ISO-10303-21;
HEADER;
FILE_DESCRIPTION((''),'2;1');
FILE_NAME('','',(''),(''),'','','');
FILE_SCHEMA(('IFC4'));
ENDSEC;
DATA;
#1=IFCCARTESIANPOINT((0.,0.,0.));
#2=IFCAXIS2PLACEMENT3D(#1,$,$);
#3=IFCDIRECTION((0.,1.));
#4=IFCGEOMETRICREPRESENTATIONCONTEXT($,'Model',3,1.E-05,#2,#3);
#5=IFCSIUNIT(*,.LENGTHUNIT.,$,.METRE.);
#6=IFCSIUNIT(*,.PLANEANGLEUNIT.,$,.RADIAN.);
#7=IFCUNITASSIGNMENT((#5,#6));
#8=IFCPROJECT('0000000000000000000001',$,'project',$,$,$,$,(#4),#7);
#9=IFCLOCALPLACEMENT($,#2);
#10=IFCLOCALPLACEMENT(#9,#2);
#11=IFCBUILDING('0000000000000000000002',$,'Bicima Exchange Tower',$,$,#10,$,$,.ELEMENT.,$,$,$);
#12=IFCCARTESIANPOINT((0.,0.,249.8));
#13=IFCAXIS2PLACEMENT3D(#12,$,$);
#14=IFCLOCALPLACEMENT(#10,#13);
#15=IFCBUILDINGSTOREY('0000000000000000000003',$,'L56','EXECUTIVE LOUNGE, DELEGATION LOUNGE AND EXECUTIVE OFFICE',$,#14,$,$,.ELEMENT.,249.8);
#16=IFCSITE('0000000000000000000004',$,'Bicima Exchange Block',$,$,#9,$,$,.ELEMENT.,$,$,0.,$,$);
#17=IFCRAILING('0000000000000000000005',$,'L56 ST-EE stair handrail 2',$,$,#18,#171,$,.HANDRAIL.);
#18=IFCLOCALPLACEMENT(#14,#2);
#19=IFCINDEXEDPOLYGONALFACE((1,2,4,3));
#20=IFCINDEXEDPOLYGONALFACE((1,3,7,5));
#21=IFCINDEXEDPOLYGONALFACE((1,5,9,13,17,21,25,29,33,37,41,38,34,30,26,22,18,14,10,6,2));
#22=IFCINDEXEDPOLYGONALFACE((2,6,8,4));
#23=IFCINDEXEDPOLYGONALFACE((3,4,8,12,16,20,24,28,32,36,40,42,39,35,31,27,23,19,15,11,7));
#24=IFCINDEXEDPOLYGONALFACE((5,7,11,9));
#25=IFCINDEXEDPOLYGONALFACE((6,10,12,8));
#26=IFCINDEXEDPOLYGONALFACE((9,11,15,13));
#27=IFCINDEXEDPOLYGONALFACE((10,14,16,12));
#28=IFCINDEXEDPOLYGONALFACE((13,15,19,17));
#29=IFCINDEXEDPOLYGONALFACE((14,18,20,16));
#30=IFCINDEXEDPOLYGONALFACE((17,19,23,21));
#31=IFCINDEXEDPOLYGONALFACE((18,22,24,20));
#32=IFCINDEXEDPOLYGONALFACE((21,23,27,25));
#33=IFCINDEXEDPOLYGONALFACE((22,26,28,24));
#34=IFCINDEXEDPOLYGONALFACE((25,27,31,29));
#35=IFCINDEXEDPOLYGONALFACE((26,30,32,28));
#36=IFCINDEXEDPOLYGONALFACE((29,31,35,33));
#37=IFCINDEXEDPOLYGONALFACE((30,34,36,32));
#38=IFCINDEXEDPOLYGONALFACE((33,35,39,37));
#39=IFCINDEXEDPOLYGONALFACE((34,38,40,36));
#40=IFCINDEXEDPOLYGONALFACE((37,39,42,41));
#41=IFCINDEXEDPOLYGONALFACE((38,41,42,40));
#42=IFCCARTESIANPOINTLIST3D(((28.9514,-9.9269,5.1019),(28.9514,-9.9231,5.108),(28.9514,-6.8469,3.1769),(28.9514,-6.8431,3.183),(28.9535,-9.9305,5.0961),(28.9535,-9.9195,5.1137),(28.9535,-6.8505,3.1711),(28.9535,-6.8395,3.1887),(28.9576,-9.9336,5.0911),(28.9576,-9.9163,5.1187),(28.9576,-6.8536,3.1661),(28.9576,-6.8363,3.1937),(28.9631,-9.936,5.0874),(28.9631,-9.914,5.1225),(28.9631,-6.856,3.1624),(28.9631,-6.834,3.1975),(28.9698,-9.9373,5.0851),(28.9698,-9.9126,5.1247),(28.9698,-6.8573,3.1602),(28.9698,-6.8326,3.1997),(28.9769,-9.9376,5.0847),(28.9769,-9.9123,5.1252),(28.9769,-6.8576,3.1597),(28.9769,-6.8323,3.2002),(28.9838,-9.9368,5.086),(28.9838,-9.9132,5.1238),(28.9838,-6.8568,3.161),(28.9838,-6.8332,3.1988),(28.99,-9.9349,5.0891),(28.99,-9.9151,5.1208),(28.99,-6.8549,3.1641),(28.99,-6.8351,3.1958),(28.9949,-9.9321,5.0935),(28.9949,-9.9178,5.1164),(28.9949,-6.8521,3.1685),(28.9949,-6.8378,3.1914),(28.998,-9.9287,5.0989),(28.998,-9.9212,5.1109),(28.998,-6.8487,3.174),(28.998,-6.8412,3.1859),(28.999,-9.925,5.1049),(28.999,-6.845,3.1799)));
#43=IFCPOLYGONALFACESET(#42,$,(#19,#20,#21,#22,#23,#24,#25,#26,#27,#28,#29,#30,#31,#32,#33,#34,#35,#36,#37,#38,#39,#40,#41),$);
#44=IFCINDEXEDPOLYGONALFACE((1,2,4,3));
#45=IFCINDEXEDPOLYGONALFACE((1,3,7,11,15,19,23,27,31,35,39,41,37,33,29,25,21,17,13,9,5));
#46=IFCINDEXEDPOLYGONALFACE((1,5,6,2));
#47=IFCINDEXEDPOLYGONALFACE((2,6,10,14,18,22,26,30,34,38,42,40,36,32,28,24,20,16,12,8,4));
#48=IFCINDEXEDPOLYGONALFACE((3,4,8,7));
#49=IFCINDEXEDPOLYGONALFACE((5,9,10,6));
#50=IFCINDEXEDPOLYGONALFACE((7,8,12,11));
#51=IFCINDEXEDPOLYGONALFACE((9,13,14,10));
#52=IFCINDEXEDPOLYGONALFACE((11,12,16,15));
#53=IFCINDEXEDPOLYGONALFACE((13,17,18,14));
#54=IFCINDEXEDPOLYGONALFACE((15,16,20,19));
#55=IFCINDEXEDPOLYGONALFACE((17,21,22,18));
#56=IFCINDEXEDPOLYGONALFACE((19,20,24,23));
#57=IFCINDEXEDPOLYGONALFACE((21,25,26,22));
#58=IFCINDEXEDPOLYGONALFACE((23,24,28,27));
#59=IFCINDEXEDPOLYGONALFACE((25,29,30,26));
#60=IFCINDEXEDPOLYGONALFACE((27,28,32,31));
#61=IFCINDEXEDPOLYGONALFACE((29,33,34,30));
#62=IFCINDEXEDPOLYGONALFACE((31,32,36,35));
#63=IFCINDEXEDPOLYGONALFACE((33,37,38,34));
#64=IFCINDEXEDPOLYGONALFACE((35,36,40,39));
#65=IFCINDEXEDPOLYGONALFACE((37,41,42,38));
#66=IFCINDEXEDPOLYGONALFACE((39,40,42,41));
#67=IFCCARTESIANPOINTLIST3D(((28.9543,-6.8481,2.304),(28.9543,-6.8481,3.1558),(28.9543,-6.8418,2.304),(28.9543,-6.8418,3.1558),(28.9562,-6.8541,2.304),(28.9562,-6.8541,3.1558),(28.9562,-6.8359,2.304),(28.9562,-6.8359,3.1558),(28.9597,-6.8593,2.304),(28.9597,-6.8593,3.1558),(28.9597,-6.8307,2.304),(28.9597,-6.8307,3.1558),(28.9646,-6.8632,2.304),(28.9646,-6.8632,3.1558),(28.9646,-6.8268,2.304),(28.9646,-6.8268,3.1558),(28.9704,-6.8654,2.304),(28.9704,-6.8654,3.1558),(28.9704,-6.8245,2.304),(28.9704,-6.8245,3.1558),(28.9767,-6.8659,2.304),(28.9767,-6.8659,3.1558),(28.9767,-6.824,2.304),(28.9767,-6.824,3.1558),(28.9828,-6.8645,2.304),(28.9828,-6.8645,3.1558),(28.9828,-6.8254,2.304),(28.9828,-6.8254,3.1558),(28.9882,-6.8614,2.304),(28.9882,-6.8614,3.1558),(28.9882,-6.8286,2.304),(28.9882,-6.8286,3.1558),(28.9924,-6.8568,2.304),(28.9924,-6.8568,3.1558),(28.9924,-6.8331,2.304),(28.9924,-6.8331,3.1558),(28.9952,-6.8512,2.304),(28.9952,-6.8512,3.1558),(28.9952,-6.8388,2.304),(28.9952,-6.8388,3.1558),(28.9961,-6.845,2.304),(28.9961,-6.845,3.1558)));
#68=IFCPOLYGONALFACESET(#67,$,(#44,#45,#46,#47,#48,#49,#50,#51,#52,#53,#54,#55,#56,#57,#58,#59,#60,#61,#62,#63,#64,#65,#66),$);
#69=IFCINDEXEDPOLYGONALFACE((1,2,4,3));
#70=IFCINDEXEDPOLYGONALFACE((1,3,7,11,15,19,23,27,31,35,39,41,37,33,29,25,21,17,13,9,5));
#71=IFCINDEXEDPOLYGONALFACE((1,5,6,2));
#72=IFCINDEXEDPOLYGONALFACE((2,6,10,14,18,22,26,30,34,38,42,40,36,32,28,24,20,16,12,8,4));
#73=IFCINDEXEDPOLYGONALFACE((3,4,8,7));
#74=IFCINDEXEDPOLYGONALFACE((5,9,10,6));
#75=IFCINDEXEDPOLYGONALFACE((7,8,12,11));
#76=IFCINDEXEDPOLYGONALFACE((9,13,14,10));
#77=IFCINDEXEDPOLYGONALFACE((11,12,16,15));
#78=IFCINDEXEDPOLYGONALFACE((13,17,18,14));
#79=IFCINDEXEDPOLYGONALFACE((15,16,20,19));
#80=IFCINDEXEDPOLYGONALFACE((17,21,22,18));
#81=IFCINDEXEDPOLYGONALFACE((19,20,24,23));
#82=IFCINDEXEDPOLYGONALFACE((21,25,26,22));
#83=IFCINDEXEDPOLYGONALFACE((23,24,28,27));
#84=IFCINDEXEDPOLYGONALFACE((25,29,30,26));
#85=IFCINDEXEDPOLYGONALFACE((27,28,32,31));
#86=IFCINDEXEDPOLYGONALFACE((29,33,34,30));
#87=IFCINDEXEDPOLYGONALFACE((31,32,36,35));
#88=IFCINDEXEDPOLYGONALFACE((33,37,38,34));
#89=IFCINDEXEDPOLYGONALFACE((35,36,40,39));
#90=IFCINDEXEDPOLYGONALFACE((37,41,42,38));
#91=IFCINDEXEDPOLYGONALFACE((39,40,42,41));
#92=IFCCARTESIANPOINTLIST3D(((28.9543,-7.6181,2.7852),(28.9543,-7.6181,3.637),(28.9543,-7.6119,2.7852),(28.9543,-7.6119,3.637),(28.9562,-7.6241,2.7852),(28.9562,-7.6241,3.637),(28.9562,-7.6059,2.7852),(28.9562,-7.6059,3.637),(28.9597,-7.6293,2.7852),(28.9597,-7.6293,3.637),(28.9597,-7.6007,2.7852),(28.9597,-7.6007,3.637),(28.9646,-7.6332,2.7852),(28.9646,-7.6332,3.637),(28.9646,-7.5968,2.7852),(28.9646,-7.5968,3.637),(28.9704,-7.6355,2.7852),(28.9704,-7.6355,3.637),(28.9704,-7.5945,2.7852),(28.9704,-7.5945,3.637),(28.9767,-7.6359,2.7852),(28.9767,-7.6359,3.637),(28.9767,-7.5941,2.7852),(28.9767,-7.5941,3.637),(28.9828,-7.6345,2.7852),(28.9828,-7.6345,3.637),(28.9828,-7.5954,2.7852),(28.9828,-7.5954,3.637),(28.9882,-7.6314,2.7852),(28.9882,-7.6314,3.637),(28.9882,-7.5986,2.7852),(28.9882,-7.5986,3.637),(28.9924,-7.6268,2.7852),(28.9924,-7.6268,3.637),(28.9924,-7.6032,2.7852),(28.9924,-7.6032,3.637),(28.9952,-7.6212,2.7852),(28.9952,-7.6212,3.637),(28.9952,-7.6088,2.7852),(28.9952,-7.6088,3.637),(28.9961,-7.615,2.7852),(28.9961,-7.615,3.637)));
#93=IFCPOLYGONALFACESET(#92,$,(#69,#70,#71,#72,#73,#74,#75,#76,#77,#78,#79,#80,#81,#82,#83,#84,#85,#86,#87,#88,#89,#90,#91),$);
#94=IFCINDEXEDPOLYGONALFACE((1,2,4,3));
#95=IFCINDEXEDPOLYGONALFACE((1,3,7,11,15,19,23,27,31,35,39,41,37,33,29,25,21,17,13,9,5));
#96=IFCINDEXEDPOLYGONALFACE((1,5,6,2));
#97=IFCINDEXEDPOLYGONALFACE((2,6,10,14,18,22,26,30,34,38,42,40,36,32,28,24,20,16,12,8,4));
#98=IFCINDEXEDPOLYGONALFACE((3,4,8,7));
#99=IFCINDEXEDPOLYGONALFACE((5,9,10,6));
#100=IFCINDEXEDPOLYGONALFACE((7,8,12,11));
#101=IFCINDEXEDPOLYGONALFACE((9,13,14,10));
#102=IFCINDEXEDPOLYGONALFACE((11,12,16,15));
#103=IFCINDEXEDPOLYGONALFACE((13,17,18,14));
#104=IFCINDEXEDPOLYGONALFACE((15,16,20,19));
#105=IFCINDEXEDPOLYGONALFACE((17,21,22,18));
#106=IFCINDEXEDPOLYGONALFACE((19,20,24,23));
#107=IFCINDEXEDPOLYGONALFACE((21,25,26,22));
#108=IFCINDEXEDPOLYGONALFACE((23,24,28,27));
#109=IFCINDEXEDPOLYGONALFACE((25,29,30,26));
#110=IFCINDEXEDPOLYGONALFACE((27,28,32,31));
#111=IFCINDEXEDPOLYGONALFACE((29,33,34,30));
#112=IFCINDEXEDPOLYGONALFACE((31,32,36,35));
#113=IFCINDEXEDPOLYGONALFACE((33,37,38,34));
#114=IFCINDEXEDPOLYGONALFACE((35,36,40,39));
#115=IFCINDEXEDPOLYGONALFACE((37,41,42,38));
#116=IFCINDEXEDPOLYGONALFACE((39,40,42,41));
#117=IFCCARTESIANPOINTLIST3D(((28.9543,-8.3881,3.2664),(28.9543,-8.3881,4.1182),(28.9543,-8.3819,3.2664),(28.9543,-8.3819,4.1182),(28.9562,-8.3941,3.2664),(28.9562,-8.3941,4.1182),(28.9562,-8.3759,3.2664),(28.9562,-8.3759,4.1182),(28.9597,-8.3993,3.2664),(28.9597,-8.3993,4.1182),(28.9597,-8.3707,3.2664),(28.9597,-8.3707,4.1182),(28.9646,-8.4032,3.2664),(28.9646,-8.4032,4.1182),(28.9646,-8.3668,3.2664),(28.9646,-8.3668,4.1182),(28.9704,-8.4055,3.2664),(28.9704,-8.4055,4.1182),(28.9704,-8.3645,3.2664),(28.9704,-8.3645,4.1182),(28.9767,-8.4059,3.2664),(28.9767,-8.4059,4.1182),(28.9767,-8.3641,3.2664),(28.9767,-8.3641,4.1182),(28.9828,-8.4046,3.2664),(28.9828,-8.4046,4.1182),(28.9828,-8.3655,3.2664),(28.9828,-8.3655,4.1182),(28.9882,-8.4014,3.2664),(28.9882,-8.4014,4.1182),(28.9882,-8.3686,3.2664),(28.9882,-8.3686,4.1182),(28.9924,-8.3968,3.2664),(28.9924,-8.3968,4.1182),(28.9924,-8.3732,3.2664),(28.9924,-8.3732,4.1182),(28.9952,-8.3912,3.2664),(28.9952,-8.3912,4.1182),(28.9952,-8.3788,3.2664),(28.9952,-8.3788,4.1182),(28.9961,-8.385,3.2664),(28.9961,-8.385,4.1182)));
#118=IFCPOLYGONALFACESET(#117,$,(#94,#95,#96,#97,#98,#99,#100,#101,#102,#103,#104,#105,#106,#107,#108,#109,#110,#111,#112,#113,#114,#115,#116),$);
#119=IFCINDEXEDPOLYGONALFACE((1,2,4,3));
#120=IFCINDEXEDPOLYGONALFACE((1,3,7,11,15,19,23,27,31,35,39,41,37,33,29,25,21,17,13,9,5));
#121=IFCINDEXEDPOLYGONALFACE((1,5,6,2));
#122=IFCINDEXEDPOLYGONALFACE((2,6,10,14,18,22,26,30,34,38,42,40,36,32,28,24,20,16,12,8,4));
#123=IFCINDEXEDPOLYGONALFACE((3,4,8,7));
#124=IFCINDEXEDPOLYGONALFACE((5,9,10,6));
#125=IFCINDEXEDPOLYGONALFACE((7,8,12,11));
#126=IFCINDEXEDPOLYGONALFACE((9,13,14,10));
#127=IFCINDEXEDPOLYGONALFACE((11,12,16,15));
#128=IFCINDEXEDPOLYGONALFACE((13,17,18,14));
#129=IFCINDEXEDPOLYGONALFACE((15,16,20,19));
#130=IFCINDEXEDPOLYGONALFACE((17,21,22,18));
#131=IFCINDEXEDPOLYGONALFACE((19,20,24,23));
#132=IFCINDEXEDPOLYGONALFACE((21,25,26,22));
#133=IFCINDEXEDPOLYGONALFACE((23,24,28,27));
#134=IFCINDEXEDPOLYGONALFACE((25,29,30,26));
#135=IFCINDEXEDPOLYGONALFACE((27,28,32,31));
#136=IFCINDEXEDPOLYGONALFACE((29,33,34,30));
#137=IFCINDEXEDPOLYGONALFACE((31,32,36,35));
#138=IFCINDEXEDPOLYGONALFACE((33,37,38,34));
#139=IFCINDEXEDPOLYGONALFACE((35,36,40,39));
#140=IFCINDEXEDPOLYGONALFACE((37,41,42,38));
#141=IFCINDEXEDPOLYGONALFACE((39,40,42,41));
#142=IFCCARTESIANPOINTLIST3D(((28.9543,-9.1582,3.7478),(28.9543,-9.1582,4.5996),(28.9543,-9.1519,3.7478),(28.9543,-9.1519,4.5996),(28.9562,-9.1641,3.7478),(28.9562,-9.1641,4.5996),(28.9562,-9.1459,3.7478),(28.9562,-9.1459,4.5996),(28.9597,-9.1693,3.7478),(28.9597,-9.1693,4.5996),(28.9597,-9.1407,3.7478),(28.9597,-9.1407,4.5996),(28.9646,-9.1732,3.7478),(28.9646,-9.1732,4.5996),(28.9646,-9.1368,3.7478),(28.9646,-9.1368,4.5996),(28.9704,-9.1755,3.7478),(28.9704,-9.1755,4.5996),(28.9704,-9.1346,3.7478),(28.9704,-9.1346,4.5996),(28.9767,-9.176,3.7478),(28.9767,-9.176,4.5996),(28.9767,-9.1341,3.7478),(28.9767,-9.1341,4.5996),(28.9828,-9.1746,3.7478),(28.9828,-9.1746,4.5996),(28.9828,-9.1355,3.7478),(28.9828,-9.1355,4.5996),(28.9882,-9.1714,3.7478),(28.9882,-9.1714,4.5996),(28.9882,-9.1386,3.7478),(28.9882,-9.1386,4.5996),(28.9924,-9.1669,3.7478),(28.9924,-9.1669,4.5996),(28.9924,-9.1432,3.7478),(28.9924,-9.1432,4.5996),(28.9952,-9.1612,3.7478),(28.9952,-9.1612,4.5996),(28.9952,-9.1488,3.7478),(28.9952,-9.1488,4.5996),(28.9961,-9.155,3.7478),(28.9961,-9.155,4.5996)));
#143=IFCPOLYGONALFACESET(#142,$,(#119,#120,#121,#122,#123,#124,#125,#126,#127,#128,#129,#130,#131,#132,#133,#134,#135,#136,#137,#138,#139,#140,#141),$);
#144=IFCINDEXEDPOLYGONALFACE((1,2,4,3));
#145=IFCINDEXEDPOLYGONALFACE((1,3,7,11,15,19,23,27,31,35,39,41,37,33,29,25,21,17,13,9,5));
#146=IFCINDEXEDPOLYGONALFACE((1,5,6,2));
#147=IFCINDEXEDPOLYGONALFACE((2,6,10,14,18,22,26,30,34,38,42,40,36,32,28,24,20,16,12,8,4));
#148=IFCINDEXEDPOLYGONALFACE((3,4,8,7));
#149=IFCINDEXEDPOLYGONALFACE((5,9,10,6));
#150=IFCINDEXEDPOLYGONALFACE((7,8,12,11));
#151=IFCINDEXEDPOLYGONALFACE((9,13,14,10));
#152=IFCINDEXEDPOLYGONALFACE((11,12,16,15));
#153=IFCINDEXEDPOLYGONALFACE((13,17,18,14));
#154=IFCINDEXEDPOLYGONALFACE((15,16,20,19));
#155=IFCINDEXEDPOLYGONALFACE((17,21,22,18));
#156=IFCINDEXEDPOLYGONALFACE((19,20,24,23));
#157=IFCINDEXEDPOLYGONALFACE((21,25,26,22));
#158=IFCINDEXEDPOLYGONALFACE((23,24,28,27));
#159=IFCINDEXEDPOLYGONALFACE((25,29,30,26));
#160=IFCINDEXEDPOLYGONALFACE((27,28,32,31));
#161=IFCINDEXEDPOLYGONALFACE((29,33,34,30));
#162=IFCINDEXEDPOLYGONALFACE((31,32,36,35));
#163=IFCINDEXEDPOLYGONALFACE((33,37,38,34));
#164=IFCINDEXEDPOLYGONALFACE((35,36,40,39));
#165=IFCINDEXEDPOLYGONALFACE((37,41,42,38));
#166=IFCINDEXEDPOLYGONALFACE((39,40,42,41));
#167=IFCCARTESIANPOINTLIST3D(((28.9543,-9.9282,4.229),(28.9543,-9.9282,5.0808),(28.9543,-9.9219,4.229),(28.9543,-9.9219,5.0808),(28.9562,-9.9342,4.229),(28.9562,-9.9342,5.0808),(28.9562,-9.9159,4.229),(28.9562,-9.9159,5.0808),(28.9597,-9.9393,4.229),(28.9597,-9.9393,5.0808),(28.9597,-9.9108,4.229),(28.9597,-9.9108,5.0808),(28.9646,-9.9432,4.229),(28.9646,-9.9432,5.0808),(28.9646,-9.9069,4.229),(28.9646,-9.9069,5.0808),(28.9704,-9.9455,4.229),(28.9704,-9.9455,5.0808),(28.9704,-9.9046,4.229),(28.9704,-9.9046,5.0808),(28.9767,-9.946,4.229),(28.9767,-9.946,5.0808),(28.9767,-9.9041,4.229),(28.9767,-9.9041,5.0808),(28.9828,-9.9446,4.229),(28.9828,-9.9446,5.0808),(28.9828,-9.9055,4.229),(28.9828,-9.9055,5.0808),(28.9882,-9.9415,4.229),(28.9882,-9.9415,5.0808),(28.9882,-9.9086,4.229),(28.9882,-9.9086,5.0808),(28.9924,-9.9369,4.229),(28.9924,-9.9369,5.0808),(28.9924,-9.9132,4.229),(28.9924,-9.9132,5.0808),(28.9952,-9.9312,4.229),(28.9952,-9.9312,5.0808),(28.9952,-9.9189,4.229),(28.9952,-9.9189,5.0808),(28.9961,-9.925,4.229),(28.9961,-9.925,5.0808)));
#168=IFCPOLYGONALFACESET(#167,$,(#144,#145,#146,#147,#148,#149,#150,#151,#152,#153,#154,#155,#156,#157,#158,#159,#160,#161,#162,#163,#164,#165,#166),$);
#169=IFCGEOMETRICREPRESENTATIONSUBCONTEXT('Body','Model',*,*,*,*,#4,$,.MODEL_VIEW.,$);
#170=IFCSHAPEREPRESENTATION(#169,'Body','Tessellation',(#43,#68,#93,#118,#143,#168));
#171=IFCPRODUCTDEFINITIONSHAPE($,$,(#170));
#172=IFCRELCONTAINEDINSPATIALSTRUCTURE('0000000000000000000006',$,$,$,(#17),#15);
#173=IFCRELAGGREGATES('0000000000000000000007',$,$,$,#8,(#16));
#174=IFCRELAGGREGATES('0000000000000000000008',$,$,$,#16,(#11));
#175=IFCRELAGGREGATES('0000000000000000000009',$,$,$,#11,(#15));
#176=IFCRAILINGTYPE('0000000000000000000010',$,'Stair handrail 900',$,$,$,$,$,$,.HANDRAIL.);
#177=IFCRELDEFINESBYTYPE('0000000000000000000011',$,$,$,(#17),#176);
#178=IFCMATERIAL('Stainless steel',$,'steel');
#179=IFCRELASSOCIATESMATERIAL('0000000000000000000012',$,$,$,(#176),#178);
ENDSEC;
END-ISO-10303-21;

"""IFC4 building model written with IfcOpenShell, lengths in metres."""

from ifc_helpers import new_model, si_unit, direction, frame, origin, origin_2d, place, context, subcontext, project, spatial, circle, extrude, material, type_object, element, save


model = new_model("IFC4")

# Units and contexts
model_context = context("Model", 3, precision=1e-05, world=origin(), true_north=direction((0.0, 1.0)))
body_context = subcontext(model_context, "Body", "Model", "MODEL_VIEW")
ifc_project = project(units=[si_unit("LENGTHUNIT", "METRE"), si_unit("PLANEANGLEUNIT", "RADIAN")], contexts=[model_context])

# Site, building, storey
site_placement = place(None, origin())
site = spatial("IfcSite", under=ifc_project, at=site_placement, Name="Bicima Exchange Block", CompositionType="ELEMENT", RefElevation=0.0)
building_placement = place(site_placement, origin())
building = spatial("IfcBuilding", under=site, at=building_placement, Name="Bicima Exchange Tower", CompositionType="ELEMENT")
storey_placement = place(building_placement, frame((0.0, 0.0, 249.8)))
storey = spatial("IfcBuildingStorey", under=building, at=storey_placement, Name="L56", Description="EXECUTIVE LOUNGE, DELEGATION LOUNGE AND EXECUTIVE OFFICE", CompositionType="ELEMENT", Elevation=249.8)

# Railing
ifc_material_1 = material(Name="Stainless steel", Category="steel")
railing_type_1 = type_object("IfcRailingType", Name="Stair handrail 900", PredefinedType="HANDRAIL", material=ifc_material_1)
for number, where, name in (
    (1, (28.9751, -6.845, 2.304), "L56 ST-EE stair handrail 2"),
):
    element("IfcRailing", number, at=place(storey_placement, frame(where)), inside=storey, type_object=railing_type_1, Name=name, PredefinedType="HANDRAIL", context=body_context, shape_type="SweptSolid", body=[
        extrude(circle(Radius=0.0239, at=origin_2d()), frame((0.0, 0.0, 0.876), z_axis=(0.0, -0.847998, 0.529999), x_axis=(1.0, 0.0, 0.0)), (0.0, 0.0, 1.0), 3.6321),
        extrude(circle(Radius=0.021, at=origin_2d()), origin(), (0.0, 0.0, 1.0), 0.8518),
        extrude(circle(Radius=0.021, at=origin_2d()), frame((0.0, -0.77, 0.4812)), (0.0, 0.0, 1.0), 0.8518),
        extrude(circle(Radius=0.021, at=origin_2d()), frame((0.0, -1.54, 0.9624)), (0.0, 0.0, 1.0), 0.8518),
        extrude(circle(Radius=0.021, at=origin_2d()), frame((0.0, -2.3101, 1.4438)), (0.0, 0.0, 1.0), 0.8518),
        extrude(circle(Radius=0.021, at=origin_2d()), frame((0.0, -3.0801, 1.925)), (0.0, 0.0, 1.0), 0.8518),
    ])

save(model, "model.ifc")
